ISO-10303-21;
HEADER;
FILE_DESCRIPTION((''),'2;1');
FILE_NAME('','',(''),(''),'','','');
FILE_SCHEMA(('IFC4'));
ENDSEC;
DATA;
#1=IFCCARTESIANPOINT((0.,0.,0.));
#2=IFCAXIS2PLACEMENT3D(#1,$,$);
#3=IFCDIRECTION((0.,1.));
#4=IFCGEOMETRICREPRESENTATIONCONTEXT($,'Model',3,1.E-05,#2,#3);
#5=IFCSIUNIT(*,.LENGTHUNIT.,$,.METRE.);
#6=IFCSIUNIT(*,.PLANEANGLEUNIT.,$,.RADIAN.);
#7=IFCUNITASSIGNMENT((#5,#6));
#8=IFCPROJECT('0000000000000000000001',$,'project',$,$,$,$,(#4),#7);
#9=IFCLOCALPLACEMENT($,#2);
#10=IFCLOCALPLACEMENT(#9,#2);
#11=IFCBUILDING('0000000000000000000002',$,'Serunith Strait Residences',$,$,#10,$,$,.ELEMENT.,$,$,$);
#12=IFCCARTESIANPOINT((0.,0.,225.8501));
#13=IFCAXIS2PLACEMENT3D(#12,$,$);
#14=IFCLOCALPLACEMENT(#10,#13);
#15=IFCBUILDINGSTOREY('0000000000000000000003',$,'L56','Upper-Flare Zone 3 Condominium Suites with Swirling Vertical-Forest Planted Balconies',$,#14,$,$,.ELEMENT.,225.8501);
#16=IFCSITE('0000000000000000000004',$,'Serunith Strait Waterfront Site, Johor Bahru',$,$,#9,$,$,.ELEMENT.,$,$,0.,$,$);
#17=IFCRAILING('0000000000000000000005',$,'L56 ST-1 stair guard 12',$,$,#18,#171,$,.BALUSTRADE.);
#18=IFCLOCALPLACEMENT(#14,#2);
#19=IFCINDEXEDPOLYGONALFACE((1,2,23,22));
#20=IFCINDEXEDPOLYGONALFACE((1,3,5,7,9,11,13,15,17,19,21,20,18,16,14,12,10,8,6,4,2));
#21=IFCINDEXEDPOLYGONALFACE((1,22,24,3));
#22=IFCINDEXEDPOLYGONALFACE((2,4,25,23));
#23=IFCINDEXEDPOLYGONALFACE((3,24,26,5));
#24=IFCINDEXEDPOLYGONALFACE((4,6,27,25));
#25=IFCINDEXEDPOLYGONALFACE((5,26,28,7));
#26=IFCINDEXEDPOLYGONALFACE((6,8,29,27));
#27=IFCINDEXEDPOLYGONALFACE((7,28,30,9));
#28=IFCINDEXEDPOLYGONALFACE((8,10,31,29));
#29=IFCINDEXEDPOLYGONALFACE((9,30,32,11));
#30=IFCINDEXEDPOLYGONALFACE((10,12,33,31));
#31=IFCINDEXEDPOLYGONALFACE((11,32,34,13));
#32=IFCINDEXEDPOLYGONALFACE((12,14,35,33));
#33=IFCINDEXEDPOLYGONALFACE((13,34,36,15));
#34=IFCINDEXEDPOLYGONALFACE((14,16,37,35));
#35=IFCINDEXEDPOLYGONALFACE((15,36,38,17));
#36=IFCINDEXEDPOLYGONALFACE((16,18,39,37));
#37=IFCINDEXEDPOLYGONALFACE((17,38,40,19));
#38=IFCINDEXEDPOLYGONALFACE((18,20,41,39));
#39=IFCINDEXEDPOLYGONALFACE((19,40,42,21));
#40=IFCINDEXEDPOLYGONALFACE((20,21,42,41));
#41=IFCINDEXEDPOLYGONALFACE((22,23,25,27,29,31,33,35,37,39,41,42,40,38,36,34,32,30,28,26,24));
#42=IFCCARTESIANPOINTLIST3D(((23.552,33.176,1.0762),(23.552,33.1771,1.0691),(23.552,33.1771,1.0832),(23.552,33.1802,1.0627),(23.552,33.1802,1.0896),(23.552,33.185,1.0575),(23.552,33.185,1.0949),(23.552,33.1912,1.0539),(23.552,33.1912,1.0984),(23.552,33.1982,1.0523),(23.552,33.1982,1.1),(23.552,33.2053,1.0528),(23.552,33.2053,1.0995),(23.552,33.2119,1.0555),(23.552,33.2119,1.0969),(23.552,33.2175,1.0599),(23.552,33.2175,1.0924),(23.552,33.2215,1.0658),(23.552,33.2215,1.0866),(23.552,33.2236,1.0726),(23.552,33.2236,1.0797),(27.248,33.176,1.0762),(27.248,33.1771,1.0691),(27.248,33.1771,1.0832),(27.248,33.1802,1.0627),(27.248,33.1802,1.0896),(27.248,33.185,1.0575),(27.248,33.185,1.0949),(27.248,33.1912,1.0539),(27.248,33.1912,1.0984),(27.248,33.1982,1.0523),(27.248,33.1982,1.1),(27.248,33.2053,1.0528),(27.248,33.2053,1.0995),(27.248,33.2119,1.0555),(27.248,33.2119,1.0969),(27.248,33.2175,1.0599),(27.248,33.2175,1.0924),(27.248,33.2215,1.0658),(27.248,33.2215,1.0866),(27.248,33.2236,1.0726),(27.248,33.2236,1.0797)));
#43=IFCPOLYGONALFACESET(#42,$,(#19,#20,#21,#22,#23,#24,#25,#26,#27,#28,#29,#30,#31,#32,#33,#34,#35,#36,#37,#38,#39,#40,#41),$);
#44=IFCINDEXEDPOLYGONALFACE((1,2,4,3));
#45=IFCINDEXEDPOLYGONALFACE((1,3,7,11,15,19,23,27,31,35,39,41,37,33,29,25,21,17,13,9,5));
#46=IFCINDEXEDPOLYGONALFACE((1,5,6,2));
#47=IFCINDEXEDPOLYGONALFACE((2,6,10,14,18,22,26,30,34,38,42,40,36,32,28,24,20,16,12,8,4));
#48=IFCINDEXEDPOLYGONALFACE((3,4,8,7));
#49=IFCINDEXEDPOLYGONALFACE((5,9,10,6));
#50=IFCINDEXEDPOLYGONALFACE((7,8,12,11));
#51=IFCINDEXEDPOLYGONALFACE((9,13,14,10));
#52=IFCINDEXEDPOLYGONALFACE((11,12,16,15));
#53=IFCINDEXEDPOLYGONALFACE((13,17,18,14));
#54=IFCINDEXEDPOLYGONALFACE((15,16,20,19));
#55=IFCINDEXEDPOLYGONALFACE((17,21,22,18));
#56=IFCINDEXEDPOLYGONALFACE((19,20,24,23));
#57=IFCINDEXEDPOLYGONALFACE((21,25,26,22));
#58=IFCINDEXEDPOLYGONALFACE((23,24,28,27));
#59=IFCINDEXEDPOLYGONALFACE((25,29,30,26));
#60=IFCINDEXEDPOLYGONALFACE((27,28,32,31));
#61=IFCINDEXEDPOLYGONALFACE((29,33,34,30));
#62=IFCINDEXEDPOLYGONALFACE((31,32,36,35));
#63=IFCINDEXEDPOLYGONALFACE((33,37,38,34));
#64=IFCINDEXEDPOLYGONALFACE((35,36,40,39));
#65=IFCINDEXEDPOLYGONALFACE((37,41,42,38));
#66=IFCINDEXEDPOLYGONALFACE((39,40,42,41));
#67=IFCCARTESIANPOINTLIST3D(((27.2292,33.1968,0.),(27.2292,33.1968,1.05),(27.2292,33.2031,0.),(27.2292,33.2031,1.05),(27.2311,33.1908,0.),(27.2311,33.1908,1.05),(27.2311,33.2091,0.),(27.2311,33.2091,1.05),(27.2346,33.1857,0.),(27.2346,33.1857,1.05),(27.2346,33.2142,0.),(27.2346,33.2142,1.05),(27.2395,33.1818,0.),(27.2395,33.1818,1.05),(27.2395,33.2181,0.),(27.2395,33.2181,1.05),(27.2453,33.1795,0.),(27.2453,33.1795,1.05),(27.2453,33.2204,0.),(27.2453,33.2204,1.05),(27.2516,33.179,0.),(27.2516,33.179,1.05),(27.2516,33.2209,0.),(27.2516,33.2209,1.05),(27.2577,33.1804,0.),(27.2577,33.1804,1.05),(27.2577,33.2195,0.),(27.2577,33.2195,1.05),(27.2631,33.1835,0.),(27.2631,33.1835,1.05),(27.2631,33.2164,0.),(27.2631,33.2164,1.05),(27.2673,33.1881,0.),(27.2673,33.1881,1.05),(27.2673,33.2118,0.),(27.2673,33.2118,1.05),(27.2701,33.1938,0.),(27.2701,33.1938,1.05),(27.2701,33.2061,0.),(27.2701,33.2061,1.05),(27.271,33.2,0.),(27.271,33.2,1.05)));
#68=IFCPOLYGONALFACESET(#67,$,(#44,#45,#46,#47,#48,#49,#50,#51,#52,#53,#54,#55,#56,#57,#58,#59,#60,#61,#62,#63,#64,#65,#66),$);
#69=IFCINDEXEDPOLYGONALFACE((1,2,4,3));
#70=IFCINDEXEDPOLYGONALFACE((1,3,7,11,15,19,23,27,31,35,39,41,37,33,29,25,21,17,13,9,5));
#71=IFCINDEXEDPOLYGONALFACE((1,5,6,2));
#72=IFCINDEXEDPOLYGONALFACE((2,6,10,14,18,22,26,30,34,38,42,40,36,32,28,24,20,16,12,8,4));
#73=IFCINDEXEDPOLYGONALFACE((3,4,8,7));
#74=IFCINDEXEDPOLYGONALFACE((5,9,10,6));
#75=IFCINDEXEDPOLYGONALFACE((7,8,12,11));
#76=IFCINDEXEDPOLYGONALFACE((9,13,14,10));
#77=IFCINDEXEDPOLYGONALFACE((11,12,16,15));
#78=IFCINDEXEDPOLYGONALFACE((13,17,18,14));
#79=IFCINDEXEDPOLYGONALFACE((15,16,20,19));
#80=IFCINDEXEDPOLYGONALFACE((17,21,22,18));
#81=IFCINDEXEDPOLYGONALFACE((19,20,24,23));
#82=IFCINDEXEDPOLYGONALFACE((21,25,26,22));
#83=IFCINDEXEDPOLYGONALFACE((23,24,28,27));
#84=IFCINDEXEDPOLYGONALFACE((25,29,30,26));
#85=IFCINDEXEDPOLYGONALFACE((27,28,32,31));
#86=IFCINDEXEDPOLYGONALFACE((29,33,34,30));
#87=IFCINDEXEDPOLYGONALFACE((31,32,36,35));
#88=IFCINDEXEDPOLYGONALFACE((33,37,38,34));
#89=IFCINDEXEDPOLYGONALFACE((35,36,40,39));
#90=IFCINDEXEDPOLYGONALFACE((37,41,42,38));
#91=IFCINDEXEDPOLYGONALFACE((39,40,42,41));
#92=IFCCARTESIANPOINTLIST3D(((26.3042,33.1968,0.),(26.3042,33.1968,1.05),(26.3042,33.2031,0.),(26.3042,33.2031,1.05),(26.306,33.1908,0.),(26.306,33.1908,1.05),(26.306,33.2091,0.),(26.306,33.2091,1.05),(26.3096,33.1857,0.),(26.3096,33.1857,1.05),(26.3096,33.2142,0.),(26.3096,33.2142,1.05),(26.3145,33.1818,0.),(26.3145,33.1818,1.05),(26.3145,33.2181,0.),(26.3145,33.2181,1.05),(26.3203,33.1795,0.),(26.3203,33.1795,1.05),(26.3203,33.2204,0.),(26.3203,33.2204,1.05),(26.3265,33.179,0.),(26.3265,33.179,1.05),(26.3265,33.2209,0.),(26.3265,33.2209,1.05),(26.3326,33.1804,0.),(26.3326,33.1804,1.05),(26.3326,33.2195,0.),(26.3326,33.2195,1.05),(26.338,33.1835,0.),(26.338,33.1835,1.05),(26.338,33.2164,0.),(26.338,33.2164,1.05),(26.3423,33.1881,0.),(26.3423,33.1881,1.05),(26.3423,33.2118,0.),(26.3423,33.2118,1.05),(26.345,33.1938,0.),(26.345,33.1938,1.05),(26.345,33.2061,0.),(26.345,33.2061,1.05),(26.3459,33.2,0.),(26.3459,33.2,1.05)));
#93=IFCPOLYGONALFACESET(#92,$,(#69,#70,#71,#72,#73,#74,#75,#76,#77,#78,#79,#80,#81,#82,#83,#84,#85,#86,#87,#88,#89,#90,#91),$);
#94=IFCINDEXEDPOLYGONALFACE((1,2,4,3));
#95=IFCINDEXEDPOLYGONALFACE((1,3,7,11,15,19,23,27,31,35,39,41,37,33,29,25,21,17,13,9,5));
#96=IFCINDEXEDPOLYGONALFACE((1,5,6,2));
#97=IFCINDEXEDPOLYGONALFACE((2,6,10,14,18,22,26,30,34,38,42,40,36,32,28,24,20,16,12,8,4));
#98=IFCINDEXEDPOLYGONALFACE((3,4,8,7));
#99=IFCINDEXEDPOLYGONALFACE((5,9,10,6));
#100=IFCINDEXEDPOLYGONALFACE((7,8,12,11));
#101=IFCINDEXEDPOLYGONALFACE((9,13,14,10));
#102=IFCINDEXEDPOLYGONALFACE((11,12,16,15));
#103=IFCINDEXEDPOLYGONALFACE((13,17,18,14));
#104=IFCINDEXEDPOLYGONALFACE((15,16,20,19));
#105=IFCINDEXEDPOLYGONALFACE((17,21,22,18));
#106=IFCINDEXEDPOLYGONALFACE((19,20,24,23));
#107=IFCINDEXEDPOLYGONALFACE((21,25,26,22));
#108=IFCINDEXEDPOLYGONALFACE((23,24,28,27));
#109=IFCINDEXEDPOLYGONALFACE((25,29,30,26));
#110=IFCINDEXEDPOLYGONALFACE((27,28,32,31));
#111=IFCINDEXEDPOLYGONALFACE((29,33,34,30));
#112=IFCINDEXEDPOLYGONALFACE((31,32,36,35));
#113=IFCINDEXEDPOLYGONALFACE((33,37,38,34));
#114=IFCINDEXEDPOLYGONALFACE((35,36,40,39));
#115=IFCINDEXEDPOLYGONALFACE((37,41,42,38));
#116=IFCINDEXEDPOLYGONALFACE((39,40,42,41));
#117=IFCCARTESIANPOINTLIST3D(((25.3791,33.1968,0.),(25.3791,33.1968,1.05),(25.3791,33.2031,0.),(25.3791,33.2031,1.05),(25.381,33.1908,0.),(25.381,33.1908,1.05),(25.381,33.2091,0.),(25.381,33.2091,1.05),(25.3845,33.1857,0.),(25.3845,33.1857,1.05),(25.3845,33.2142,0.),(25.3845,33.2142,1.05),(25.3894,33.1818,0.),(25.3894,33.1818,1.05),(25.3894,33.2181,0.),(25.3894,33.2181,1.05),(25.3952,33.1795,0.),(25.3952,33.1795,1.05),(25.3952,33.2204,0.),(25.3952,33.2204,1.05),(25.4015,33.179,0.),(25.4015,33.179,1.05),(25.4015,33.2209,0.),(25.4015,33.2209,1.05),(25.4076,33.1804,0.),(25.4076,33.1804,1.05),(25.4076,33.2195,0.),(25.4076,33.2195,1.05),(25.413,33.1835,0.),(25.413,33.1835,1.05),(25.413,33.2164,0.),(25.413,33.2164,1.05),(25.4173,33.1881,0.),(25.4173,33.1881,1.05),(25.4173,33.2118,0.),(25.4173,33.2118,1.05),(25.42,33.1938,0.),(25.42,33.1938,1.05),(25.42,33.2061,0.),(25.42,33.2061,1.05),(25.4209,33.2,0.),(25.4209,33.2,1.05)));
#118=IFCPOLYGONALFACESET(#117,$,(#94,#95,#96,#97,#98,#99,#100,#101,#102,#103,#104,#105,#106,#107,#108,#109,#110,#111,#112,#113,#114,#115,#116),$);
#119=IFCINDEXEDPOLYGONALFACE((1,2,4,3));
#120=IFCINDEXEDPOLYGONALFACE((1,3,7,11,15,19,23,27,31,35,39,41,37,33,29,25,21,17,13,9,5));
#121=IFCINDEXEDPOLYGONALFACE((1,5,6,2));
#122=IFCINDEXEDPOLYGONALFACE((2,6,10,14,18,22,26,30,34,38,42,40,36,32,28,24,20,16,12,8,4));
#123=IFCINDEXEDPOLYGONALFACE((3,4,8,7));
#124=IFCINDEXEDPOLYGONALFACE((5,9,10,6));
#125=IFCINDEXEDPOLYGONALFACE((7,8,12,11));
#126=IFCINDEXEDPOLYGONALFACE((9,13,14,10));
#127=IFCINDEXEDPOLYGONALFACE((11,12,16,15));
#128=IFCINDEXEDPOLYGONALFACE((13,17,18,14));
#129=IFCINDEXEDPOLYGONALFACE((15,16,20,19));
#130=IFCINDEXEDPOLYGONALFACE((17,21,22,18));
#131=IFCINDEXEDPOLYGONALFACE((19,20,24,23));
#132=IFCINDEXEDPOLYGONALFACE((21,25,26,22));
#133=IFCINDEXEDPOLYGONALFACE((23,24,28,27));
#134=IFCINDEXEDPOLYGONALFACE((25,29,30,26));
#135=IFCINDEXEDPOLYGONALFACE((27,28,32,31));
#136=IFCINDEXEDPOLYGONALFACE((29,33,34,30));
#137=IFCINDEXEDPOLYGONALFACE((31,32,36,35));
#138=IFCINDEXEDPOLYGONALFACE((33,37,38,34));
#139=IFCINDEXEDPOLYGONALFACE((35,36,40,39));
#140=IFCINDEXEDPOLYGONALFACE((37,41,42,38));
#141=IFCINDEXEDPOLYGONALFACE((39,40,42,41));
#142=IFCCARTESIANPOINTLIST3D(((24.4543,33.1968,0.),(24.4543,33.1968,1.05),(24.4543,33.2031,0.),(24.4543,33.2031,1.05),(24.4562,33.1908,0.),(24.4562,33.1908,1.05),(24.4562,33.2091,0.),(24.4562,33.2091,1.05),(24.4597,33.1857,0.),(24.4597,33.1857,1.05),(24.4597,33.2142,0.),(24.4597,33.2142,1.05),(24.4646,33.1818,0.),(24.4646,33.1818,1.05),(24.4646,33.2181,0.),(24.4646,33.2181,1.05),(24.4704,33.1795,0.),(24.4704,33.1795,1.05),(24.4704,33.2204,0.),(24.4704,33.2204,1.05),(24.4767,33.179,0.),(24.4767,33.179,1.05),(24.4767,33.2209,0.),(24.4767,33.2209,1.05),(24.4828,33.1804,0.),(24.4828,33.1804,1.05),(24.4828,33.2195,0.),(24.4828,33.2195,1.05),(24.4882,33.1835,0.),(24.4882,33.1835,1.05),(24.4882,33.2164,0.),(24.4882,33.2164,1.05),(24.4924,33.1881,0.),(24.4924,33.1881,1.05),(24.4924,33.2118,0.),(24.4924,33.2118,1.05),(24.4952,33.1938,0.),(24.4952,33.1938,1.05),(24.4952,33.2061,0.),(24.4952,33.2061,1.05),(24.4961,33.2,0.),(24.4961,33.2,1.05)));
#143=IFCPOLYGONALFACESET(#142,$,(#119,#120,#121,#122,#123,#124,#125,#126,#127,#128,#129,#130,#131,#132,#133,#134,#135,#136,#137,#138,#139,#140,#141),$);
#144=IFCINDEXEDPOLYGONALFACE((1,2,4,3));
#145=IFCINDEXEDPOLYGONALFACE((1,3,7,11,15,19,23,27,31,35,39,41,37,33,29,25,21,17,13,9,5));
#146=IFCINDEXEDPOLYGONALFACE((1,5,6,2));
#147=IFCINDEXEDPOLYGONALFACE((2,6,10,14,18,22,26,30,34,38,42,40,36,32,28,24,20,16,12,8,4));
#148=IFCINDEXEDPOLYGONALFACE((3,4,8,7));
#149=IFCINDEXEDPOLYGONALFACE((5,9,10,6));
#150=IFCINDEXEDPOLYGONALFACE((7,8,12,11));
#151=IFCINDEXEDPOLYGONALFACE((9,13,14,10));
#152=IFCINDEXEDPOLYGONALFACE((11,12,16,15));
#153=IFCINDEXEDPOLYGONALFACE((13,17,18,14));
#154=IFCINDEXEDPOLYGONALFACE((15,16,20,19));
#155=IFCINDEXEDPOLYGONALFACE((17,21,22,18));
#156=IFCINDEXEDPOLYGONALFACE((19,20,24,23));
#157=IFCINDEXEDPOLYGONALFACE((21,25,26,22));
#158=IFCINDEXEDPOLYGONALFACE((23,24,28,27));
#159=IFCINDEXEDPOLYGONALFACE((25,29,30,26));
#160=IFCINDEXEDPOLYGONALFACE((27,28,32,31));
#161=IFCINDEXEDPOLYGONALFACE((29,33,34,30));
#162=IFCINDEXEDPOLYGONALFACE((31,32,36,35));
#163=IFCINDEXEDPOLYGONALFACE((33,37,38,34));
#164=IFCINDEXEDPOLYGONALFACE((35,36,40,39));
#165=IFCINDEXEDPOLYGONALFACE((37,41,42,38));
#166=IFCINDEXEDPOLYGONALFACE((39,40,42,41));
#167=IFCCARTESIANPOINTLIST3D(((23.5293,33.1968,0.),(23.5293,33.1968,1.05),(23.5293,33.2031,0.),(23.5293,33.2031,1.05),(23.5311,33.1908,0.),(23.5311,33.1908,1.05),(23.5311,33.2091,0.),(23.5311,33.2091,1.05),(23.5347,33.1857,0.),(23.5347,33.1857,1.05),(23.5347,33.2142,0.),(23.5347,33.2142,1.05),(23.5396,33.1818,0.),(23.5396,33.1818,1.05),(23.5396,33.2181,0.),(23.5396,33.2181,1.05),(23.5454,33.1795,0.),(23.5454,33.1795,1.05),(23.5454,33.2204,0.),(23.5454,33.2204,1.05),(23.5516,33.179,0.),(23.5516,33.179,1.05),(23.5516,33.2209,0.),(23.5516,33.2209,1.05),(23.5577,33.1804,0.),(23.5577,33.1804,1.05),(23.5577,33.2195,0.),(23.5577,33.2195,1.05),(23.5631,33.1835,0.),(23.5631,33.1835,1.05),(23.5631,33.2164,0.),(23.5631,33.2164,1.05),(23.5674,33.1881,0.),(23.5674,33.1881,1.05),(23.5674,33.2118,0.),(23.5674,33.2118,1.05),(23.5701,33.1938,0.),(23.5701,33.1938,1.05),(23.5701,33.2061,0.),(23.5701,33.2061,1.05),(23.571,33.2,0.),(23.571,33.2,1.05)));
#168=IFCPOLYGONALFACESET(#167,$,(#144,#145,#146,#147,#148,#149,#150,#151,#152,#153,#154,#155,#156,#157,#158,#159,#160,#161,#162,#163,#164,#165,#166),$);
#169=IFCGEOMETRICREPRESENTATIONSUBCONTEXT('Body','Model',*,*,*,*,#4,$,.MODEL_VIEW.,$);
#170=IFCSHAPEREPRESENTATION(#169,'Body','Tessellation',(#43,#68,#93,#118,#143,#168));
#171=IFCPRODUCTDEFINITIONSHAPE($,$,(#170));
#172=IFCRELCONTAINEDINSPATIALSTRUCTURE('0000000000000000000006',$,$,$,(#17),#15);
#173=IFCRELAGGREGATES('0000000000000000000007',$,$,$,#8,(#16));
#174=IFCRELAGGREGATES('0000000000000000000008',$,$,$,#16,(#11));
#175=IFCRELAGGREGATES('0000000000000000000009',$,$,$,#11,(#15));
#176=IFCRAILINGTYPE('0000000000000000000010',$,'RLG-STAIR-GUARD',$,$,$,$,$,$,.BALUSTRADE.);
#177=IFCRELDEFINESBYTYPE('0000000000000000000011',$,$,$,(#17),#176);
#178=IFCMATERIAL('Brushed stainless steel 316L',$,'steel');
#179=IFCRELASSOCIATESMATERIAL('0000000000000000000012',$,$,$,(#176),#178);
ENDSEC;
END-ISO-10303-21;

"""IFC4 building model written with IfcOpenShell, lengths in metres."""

from ifc_helpers import new_model, si_unit, direction, frame, origin, origin_2d, place, context, subcontext, project, spatial, circle, extrude, material, type_object, element, save


model = new_model("IFC4")

# Units and contexts
model_context = context("Model", 3, precision=1e-05, world=origin(), true_north=direction((0.0, 1.0)))
body_context = subcontext(model_context, "Body", "Model", "MODEL_VIEW")
ifc_project = project(units=[si_unit("LENGTHUNIT", "METRE"), si_unit("PLANEANGLEUNIT", "RADIAN")], contexts=[model_context])

# Site, building, storey
site_placement = place(None, origin())
site = spatial("IfcSite", under=ifc_project, at=site_placement, Name="Serunith Strait Waterfront Site, Johor Bahru", CompositionType="ELEMENT", RefElevation=0.0)
building_placement = place(site_placement, origin())
building = spatial("IfcBuilding", under=site, at=building_placement, Name="Serunith Strait Residences", CompositionType="ELEMENT")
storey_placement = place(building_placement, frame((0.0, 0.0, 225.8501)))
storey = spatial("IfcBuildingStorey", under=building, at=storey_placement, Name="L56", Description="Upper-Flare Zone 3 Condominium Suites with Swirling Vertical-Forest Planted Balconies", CompositionType="ELEMENT", Elevation=225.8501)

# Railing
ifc_material_1 = material(Name="Brushed stainless steel 316L", Category="steel")
railing_type_1 = type_object("IfcRailingType", Name="RLG-STAIR-GUARD", PredefinedType="BALUSTRADE", material=ifc_material_1)
railing_1_placement = place(storey_placement, frame((27.25, 33.2, 0.0)))
element("IfcRailing", 1, at=railing_1_placement, inside=storey, type_object=railing_type_1, Name="L56 ST-1 stair guard 12", PredefinedType="BALUSTRADE", context=body_context, shape_type="SweptSolid", body=[
    extrude(circle(Radius=0.0239, at=origin_2d()), frame((-0.002, 0.0, 1.0762), z_axis=(-1.0, 0.0, 0.0), x_axis=(0.0, -1.0, 0.0)), (0.0, 0.0, 1.0), 3.696),
    extrude(circle(Radius=0.021, at=origin_2d()), origin(), (0.0, 0.0, 1.0), 1.05),
    extrude(circle(Radius=0.021, at=origin_2d()), frame((-0.925, 0.0, 0.0)), (0.0, 0.0, 1.0), 1.05),
    extrude(circle(Radius=0.021, at=origin_2d()), frame((-1.8501, 0.0, 0.0)), (0.0, 0.0, 1.0), 1.05),
    extrude(circle(Radius=0.021, at=origin_2d()), frame((-2.7749, 0.0, 0.0)), (0.0, 0.0, 1.0), 1.05),
    extrude(circle(Radius=0.021, at=origin_2d()), frame((-3.7, 0.0, 0.0)), (0.0, 0.0, 1.0), 1.05),
])

save(model, "model.ifc")
